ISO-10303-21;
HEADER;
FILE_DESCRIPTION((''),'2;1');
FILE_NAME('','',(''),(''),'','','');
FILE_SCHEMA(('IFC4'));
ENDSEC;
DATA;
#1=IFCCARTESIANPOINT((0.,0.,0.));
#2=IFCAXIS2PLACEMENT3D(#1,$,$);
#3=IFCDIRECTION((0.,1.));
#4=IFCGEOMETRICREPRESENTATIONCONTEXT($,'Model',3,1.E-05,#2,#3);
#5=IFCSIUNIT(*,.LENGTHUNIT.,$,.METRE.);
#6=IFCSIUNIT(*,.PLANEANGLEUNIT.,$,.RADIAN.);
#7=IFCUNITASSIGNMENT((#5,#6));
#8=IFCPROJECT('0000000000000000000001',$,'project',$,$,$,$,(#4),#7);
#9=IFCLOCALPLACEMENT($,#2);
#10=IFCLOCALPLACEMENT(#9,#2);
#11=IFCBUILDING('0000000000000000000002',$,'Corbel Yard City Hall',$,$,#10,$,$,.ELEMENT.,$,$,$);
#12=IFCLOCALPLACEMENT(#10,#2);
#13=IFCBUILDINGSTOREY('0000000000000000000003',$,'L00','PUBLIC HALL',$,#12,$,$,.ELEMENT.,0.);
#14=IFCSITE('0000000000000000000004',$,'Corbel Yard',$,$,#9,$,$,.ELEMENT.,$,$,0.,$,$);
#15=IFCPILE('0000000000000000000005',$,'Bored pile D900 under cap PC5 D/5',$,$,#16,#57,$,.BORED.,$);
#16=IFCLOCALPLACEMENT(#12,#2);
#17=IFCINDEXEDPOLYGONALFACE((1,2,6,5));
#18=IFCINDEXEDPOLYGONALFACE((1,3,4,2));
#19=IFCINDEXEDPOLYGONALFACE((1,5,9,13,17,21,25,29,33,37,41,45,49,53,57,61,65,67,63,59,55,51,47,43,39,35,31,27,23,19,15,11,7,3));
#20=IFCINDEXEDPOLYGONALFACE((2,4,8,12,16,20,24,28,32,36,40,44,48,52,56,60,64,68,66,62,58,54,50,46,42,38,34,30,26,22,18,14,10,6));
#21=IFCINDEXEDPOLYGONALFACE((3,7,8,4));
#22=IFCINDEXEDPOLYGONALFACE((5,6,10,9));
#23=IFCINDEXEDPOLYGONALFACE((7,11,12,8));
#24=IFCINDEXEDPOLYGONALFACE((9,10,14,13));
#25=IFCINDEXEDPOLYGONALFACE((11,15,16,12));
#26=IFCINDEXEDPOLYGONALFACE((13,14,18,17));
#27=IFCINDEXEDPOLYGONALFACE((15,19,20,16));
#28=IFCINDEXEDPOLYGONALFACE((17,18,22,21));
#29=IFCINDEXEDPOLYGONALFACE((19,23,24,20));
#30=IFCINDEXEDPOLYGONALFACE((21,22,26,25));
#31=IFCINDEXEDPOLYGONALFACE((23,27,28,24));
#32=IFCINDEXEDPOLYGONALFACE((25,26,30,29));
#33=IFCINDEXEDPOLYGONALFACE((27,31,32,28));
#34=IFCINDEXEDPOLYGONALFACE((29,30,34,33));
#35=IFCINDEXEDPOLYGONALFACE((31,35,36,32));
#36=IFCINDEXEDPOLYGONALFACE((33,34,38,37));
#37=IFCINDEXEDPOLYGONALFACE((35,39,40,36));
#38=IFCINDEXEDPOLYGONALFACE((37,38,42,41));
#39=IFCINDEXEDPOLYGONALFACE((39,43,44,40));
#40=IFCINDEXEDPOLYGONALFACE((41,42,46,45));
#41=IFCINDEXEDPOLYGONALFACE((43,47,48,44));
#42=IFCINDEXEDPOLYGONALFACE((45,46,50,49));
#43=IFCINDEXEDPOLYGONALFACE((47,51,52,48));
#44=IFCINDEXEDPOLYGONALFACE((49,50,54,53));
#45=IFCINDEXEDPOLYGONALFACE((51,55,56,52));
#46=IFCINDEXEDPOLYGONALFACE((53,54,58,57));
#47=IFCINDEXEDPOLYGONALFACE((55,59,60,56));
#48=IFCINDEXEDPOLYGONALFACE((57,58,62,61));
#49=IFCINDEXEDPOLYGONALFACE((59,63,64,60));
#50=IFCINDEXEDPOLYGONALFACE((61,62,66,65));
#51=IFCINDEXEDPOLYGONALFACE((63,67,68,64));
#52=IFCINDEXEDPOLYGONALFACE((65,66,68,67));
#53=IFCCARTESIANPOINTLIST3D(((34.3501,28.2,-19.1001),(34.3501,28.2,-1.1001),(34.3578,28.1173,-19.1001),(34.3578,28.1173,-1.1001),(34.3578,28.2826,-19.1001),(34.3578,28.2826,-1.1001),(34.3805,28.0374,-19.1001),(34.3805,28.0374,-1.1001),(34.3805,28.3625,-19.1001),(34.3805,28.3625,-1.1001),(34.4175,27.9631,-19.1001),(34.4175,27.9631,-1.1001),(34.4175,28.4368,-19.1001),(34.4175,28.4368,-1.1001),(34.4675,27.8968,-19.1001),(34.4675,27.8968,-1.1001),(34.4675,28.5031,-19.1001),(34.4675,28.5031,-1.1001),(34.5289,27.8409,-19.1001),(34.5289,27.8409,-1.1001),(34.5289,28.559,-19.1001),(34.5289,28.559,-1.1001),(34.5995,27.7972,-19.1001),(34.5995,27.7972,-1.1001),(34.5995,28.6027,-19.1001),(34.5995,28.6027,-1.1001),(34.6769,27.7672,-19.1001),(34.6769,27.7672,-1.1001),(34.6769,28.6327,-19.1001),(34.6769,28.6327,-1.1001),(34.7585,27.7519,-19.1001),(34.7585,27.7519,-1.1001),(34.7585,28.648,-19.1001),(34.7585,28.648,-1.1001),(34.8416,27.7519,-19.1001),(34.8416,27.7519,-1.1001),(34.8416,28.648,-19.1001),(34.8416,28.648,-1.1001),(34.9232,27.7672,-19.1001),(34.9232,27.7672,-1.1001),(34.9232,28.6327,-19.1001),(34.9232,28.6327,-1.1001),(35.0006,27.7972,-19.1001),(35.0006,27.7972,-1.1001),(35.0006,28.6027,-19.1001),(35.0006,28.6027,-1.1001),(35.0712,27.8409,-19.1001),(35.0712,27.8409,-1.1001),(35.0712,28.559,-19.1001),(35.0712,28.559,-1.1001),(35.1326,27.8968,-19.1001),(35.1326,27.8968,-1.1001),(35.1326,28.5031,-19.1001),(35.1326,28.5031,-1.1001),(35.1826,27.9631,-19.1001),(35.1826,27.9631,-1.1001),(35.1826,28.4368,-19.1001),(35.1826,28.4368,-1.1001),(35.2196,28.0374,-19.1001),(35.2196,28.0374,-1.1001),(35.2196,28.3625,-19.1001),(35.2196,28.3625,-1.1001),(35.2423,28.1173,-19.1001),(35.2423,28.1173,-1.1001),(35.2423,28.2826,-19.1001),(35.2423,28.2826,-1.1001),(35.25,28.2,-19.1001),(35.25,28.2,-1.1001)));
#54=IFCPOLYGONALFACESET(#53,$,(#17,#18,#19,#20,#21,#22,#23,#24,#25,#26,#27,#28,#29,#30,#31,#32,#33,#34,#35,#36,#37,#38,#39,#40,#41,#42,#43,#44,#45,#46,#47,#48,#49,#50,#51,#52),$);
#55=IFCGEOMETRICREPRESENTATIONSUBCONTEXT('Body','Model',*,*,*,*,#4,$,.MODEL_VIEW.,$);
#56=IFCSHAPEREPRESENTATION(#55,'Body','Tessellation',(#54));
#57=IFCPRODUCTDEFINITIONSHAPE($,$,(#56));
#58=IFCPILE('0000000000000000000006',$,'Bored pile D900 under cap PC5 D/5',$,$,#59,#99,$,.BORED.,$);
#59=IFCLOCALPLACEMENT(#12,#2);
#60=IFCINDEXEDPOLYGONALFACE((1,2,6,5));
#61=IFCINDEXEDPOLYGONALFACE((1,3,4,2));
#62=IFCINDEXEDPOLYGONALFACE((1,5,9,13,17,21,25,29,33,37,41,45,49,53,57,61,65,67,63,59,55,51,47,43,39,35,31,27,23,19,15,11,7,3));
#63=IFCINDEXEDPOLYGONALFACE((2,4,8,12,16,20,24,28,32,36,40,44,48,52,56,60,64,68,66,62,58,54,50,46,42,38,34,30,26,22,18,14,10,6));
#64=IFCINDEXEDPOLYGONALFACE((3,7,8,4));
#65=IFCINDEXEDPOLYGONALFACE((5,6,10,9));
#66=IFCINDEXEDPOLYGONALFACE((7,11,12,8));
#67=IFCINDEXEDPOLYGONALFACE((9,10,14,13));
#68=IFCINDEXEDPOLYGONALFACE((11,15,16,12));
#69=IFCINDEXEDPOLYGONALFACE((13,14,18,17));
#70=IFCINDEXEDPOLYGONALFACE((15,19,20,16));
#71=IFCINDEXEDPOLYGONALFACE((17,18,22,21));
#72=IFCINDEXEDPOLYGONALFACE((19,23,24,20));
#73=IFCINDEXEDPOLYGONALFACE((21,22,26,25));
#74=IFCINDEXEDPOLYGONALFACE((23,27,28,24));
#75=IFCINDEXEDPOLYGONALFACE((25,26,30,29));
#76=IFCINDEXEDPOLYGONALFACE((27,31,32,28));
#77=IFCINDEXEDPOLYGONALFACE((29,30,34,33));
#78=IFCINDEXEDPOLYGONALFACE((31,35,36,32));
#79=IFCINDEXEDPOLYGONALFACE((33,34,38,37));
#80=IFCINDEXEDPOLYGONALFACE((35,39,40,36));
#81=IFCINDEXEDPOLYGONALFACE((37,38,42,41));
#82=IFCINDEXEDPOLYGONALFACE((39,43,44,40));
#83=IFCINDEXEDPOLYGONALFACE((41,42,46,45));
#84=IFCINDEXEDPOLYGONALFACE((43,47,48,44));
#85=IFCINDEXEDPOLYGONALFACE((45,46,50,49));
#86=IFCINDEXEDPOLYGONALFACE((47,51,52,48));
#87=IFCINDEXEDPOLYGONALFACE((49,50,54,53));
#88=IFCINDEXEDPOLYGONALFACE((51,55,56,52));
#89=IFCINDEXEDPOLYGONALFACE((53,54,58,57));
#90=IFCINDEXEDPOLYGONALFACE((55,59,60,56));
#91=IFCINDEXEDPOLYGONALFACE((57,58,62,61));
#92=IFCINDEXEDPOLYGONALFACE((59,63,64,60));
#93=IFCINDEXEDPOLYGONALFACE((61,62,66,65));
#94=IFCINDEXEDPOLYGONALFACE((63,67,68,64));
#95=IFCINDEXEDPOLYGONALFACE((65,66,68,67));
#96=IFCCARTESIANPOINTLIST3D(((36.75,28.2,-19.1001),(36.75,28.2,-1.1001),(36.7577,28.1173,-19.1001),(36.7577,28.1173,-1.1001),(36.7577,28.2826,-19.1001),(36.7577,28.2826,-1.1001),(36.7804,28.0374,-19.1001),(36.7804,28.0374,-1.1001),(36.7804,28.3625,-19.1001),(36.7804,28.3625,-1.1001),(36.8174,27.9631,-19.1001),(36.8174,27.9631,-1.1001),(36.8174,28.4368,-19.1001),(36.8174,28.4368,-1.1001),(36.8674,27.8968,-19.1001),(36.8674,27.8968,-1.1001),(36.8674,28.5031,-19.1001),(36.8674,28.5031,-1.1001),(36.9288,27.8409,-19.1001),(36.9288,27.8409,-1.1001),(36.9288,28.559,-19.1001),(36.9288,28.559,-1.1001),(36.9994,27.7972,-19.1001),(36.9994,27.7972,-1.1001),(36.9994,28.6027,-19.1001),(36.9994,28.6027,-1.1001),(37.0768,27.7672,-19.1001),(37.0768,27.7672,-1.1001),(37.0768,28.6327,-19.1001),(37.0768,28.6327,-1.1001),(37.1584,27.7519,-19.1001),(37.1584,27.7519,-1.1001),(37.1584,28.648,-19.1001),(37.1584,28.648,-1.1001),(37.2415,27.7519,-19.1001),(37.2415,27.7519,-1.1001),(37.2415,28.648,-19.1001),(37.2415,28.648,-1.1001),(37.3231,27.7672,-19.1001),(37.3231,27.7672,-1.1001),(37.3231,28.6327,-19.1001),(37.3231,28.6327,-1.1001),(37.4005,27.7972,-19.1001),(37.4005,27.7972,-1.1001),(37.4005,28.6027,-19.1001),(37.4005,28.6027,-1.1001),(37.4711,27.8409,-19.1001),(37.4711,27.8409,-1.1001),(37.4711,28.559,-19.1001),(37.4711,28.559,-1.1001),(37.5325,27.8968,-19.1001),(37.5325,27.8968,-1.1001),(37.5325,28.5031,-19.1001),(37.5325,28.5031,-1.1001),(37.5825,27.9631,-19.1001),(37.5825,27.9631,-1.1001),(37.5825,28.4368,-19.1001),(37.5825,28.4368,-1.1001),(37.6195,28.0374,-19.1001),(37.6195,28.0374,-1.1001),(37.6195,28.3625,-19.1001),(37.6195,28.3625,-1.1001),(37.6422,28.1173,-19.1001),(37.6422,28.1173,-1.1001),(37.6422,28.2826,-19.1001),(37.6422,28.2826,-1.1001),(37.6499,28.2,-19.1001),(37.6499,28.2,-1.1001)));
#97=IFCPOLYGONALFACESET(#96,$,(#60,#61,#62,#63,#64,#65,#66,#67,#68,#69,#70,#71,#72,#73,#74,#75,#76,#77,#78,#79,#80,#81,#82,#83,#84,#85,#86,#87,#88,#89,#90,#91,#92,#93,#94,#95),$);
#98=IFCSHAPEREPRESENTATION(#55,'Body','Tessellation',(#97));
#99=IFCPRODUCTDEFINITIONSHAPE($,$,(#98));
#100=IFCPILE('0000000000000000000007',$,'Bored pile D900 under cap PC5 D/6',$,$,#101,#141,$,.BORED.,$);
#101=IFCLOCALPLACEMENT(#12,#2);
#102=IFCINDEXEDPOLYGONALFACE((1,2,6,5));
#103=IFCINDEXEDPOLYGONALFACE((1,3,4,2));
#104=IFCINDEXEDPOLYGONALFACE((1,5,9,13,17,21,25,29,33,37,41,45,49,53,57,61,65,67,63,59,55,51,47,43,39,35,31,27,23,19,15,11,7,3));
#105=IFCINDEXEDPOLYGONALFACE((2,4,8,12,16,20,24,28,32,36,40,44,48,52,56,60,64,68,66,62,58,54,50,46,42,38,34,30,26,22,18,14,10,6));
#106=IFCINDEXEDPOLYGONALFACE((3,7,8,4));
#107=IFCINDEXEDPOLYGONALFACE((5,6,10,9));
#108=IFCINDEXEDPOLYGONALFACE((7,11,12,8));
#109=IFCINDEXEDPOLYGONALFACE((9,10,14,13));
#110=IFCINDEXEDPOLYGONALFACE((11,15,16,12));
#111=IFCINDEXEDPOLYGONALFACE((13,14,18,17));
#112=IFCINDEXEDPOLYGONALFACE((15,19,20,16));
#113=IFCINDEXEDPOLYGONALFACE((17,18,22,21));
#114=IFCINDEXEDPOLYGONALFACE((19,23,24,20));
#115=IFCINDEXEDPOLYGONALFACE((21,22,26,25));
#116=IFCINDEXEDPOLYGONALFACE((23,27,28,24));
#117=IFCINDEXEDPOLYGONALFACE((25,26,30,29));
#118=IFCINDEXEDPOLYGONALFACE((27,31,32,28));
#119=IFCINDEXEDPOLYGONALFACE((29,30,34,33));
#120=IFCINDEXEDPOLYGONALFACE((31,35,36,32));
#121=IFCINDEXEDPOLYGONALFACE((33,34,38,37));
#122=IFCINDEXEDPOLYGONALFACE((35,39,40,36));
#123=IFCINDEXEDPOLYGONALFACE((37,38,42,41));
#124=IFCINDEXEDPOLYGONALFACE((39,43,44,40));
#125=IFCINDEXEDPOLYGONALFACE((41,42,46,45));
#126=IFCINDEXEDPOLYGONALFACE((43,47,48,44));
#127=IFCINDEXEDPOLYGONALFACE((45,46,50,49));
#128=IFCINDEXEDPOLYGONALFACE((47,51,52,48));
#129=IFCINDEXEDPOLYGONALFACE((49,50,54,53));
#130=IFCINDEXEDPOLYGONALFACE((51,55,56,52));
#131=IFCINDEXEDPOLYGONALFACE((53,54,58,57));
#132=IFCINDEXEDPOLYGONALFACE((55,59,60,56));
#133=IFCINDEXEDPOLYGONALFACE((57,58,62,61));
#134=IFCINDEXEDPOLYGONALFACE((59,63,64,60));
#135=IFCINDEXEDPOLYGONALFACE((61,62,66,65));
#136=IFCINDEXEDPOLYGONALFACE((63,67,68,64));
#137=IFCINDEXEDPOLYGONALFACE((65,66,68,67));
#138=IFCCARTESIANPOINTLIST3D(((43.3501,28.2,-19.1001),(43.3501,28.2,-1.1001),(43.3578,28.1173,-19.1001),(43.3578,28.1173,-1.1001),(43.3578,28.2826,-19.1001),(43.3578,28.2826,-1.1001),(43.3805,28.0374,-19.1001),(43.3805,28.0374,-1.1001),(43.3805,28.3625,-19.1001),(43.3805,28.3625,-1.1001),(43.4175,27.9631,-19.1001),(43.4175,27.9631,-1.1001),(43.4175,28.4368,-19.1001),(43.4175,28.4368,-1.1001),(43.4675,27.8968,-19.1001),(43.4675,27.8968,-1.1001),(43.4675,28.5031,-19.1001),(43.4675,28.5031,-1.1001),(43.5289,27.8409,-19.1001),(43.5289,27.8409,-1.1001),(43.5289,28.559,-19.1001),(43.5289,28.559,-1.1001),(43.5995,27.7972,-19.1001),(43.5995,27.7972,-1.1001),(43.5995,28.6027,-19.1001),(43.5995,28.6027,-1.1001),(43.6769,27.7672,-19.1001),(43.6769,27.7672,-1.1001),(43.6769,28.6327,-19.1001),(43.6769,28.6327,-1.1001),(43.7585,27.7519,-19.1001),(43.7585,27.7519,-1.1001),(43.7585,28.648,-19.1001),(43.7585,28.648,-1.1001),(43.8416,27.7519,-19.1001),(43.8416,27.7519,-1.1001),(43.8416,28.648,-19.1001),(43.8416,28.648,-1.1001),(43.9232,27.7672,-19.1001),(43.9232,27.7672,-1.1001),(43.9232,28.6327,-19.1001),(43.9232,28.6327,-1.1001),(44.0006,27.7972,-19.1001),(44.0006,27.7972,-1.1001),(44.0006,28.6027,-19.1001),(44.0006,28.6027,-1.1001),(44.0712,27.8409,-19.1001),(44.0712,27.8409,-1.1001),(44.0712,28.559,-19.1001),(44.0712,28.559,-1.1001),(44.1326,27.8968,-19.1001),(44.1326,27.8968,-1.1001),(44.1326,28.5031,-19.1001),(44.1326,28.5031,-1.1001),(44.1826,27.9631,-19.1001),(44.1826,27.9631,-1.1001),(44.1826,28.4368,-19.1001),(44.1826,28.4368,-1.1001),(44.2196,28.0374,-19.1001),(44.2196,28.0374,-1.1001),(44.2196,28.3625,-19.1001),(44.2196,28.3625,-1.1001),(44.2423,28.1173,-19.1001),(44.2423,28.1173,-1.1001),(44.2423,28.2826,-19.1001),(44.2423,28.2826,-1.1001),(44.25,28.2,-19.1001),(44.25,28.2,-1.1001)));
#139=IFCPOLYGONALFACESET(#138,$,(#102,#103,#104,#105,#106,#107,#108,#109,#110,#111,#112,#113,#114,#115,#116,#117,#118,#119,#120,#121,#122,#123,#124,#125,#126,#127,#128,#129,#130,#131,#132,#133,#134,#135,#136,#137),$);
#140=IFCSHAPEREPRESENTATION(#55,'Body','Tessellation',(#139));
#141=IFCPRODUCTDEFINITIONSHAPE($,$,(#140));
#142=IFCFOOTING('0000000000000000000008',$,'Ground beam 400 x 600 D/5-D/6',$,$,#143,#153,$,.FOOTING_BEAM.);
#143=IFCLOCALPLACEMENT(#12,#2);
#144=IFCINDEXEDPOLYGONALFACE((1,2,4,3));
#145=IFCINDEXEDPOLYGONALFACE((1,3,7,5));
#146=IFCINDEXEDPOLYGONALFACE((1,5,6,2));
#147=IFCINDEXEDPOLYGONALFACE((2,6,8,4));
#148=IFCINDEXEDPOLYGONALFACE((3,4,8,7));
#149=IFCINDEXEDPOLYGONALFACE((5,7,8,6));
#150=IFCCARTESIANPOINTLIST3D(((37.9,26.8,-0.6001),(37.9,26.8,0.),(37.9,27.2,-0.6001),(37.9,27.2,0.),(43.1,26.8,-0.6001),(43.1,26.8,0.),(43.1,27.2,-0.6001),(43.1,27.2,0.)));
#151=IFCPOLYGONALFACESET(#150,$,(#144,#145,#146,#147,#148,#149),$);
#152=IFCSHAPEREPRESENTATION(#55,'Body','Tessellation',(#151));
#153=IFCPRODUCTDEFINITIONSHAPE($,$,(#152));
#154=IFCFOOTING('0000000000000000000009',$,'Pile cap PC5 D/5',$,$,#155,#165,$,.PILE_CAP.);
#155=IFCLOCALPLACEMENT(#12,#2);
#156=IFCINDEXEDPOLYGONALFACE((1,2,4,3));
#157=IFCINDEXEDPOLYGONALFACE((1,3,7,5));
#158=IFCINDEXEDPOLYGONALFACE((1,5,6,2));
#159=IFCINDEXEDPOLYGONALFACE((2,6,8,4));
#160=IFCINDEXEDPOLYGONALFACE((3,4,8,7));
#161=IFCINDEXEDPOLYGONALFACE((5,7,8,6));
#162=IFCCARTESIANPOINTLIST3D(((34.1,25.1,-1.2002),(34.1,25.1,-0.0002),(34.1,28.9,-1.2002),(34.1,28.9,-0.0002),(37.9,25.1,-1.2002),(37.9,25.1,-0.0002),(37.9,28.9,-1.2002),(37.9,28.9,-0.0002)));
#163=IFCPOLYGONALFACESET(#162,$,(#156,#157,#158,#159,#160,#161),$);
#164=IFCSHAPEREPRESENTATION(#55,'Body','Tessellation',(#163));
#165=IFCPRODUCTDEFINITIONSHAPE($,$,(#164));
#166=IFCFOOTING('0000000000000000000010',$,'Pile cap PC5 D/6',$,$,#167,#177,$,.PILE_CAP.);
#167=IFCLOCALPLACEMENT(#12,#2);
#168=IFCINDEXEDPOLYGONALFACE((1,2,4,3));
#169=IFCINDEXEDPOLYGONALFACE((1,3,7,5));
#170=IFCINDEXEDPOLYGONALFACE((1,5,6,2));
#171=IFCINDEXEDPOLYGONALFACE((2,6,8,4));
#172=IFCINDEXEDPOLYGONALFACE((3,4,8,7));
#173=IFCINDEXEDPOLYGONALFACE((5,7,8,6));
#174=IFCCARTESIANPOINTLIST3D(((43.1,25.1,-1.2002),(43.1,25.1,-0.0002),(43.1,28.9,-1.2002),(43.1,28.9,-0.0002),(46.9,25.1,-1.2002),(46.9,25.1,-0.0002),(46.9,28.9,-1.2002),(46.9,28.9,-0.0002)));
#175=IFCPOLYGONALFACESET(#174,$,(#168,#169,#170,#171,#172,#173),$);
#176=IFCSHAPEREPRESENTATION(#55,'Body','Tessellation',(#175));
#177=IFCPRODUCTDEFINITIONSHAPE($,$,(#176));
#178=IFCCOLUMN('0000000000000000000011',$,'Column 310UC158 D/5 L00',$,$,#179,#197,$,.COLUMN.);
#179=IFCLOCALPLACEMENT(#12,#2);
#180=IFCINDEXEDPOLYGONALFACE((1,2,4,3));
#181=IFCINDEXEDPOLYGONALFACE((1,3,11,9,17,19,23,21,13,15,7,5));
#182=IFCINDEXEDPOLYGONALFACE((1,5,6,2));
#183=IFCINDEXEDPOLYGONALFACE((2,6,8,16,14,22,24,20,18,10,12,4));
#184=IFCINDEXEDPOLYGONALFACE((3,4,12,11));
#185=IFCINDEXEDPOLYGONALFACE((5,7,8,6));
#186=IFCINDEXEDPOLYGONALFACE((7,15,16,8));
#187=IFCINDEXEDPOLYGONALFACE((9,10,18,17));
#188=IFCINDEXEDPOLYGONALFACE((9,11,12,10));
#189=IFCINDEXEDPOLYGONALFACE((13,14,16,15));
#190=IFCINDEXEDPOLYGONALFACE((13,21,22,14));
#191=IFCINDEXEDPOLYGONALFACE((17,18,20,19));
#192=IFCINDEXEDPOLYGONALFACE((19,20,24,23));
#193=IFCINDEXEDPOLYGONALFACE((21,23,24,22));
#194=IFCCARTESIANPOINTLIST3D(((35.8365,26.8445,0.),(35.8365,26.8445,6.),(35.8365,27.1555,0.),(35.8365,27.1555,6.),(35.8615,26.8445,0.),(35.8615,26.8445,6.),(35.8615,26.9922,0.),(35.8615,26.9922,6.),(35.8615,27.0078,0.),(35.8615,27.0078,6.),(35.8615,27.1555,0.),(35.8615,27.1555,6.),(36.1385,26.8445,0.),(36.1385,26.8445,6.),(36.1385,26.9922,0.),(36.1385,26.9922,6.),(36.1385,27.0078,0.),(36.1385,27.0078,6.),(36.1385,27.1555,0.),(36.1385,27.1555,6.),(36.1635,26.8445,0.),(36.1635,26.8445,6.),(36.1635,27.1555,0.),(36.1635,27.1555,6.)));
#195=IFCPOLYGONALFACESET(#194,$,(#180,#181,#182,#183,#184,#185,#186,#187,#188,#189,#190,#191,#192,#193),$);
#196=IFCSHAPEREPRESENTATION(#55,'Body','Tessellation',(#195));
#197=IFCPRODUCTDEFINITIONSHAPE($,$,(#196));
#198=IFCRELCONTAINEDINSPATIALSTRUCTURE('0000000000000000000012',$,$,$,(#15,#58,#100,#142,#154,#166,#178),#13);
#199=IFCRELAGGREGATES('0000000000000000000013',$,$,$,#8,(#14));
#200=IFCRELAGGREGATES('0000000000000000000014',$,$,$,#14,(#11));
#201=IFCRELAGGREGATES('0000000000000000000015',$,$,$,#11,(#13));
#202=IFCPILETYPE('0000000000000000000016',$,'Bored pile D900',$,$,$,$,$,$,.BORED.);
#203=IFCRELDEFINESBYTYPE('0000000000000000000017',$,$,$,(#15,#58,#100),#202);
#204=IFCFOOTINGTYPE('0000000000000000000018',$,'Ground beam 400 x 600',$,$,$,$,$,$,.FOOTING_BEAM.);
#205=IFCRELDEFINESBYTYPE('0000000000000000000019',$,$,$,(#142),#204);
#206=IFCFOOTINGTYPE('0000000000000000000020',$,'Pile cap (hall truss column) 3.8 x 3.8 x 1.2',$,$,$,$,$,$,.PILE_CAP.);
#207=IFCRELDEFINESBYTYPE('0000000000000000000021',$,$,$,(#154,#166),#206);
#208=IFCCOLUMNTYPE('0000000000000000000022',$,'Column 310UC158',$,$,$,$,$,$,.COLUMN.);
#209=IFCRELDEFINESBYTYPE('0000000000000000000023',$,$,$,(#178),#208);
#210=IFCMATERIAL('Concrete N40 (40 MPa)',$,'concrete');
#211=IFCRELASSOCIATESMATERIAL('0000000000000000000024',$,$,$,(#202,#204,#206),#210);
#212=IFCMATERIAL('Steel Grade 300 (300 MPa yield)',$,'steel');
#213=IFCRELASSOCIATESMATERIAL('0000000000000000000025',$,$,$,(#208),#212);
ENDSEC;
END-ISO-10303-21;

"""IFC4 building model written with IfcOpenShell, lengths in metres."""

from ifc_helpers import new_model, si_unit, direction, frame, origin, origin_2d, place, context, subcontext, project, spatial, rectangle, circle, i_section, extrude, material, material_profile, profile_set, type_object, element, save


model = new_model("IFC4")

# Units and contexts
model_context = context("Model", 3, precision=1e-05, world=origin(), true_north=direction((0.0, 1.0)))
body_context = subcontext(model_context, "Body", "Model", "MODEL_VIEW")
ifc_project = project(units=[si_unit("LENGTHUNIT", "METRE"), si_unit("PLANEANGLEUNIT", "RADIAN")], contexts=[model_context])

# Site, building, storey
site_placement = place(None, origin())
site = spatial("IfcSite", under=ifc_project, at=site_placement, Name="Corbel Yard", CompositionType="ELEMENT", RefElevation=0.0)
building_placement = place(site_placement, origin())
building = spatial("IfcBuilding", under=site, at=building_placement, Name="Corbel Yard City Hall", CompositionType="ELEMENT")
storey_placement = place(building_placement, origin())
storey = spatial("IfcBuildingStorey", under=building, at=storey_placement, Name="L00", Description="PUBLIC HALL", CompositionType="ELEMENT", Elevation=0.0)

# Piles
ifc_material_1 = material(Name="Concrete N40 (40 MPa)", Category="concrete")
ifc_material_profile_1 = material_profile(ifc_material_1, circle(Radius=0.45, at=origin_2d()), Name="D900")
ifc_profile_set_1 = profile_set([ifc_material_profile_1], Name="Concrete N40 (40 MPa)")
pile_type = type_object("IfcPileType", Name="Bored pile D900", PredefinedType="BORED", material=ifc_profile_set_1)
for number, where, z_axis, x_axis, name in (
    (1, (34.8, 28.2, -1.1001), (0.0, 0.0, -1.0), (1.0, 0.0, 0.0), "Bored pile D900 under cap PC5 D/5"),
    (2, (37.2, 28.2, -1.1001), (0.0, 0.0, -1.0), (1.0, 0.0, 0.0), "Bored pile D900 under cap PC5 D/5"),
    (3, (43.8, 28.2, -1.1001), (0.0, 0.0, -1.0), (1.0, 0.0, 0.0), "Bored pile D900 under cap PC5 D/6"),
):
    element("IfcPile", number, at=place(storey_placement, frame(where, z_axis=z_axis, x_axis=x_axis)), inside=storey, type_object=pile_type, Name=name, PredefinedType="BORED", context=body_context, shape_type="SweptSolid", body=[
        extrude(circle(Radius=0.45, at=origin_2d()), origin(), (0.0, 0.0, 1.0), 18.0),
    ])

# Footings
footing_type_1 = type_object("IfcFootingType", Name="Ground beam 400 x 600", PredefinedType="FOOTING_BEAM", material=ifc_material_1)
footing_placement = place(storey_placement, frame((40.5, 27.0, -0.6001), z_axis=(0.0, 0.0, 1.0), x_axis=(1.0, 0.0, 0.0)))
element("IfcFooting", 4, at=footing_placement, inside=storey, type_object=footing_type_1, Name="Ground beam 400 x 600 D/5-D/6", PredefinedType="FOOTING_BEAM", context=body_context, shape_type="SweptSolid", body=[
    extrude(rectangle(XDim=5.2, YDim=0.3999, at=origin_2d()), origin(), (0.0, 0.0, 1.0), 0.6001),
])
footing_type_2 = type_object("IfcFootingType", Name="Pile cap (hall truss column) 3.8 x 3.8 x 1.2", PredefinedType="PILE_CAP", material=ifc_material_1)
for number, where, z_axis, x_axis, name in (
    (5, (36.0, 27.0, -1.2002), (0.0, 0.0, 1.0), (1.0, 0.0, 0.0), "Pile cap PC5 D/5"),
    (6, (45.0, 27.0, -1.2002), (0.0, 0.0, 1.0), (1.0, 0.0, 0.0), "Pile cap PC5 D/6"),
):
    element("IfcFooting", number, at=place(storey_placement, frame(where, z_axis=z_axis, x_axis=x_axis)), inside=storey, type_object=footing_type_2, Name=name, PredefinedType="PILE_CAP", context=body_context, shape_type="SweptSolid", body=[
        extrude(rectangle(XDim=3.8, YDim=3.8, at=origin_2d()), origin(), (0.0, 0.0, 1.0), 1.2),
    ])

# Column
ifc_material_2 = material(Name="Steel Grade 300 (300 MPa yield)", Category="steel")
ifc_material_profile_2 = material_profile(ifc_material_2, i_section(OverallWidth=0.311, OverallDepth=0.3269, WebThickness=0.0156, FlangeThickness=0.0249, at=origin_2d()), Name="310UC158")
ifc_profile_set_2 = profile_set([ifc_material_profile_2], Name="Steel Grade 300 (300 MPa yield)")
column_type = type_object("IfcColumnType", Name="Column 310UC158", PredefinedType="COLUMN", material=ifc_profile_set_2)
for number, where, z_axis, x_axis, name in (
    (7, (36.0, 27.0, 0.0), (0.0, 0.0, 1.0), (0.0, 1.0, 0.0), "Column 310UC158 D/5 L00"),
):
    element("IfcColumn", number, at=place(storey_placement, frame(where, z_axis=z_axis, x_axis=x_axis)), inside=storey, type_object=column_type, Name=name, PredefinedType="COLUMN", context=body_context, shape_type="SweptSolid", body=[
        extrude(i_section(OverallWidth=0.311, OverallDepth=0.3269, WebThickness=0.0156, FlangeThickness=0.0249, at=origin_2d()), origin(), (0.0, 0.0, 1.0), 6.0),
    ])

save(model, "model.ifc")
